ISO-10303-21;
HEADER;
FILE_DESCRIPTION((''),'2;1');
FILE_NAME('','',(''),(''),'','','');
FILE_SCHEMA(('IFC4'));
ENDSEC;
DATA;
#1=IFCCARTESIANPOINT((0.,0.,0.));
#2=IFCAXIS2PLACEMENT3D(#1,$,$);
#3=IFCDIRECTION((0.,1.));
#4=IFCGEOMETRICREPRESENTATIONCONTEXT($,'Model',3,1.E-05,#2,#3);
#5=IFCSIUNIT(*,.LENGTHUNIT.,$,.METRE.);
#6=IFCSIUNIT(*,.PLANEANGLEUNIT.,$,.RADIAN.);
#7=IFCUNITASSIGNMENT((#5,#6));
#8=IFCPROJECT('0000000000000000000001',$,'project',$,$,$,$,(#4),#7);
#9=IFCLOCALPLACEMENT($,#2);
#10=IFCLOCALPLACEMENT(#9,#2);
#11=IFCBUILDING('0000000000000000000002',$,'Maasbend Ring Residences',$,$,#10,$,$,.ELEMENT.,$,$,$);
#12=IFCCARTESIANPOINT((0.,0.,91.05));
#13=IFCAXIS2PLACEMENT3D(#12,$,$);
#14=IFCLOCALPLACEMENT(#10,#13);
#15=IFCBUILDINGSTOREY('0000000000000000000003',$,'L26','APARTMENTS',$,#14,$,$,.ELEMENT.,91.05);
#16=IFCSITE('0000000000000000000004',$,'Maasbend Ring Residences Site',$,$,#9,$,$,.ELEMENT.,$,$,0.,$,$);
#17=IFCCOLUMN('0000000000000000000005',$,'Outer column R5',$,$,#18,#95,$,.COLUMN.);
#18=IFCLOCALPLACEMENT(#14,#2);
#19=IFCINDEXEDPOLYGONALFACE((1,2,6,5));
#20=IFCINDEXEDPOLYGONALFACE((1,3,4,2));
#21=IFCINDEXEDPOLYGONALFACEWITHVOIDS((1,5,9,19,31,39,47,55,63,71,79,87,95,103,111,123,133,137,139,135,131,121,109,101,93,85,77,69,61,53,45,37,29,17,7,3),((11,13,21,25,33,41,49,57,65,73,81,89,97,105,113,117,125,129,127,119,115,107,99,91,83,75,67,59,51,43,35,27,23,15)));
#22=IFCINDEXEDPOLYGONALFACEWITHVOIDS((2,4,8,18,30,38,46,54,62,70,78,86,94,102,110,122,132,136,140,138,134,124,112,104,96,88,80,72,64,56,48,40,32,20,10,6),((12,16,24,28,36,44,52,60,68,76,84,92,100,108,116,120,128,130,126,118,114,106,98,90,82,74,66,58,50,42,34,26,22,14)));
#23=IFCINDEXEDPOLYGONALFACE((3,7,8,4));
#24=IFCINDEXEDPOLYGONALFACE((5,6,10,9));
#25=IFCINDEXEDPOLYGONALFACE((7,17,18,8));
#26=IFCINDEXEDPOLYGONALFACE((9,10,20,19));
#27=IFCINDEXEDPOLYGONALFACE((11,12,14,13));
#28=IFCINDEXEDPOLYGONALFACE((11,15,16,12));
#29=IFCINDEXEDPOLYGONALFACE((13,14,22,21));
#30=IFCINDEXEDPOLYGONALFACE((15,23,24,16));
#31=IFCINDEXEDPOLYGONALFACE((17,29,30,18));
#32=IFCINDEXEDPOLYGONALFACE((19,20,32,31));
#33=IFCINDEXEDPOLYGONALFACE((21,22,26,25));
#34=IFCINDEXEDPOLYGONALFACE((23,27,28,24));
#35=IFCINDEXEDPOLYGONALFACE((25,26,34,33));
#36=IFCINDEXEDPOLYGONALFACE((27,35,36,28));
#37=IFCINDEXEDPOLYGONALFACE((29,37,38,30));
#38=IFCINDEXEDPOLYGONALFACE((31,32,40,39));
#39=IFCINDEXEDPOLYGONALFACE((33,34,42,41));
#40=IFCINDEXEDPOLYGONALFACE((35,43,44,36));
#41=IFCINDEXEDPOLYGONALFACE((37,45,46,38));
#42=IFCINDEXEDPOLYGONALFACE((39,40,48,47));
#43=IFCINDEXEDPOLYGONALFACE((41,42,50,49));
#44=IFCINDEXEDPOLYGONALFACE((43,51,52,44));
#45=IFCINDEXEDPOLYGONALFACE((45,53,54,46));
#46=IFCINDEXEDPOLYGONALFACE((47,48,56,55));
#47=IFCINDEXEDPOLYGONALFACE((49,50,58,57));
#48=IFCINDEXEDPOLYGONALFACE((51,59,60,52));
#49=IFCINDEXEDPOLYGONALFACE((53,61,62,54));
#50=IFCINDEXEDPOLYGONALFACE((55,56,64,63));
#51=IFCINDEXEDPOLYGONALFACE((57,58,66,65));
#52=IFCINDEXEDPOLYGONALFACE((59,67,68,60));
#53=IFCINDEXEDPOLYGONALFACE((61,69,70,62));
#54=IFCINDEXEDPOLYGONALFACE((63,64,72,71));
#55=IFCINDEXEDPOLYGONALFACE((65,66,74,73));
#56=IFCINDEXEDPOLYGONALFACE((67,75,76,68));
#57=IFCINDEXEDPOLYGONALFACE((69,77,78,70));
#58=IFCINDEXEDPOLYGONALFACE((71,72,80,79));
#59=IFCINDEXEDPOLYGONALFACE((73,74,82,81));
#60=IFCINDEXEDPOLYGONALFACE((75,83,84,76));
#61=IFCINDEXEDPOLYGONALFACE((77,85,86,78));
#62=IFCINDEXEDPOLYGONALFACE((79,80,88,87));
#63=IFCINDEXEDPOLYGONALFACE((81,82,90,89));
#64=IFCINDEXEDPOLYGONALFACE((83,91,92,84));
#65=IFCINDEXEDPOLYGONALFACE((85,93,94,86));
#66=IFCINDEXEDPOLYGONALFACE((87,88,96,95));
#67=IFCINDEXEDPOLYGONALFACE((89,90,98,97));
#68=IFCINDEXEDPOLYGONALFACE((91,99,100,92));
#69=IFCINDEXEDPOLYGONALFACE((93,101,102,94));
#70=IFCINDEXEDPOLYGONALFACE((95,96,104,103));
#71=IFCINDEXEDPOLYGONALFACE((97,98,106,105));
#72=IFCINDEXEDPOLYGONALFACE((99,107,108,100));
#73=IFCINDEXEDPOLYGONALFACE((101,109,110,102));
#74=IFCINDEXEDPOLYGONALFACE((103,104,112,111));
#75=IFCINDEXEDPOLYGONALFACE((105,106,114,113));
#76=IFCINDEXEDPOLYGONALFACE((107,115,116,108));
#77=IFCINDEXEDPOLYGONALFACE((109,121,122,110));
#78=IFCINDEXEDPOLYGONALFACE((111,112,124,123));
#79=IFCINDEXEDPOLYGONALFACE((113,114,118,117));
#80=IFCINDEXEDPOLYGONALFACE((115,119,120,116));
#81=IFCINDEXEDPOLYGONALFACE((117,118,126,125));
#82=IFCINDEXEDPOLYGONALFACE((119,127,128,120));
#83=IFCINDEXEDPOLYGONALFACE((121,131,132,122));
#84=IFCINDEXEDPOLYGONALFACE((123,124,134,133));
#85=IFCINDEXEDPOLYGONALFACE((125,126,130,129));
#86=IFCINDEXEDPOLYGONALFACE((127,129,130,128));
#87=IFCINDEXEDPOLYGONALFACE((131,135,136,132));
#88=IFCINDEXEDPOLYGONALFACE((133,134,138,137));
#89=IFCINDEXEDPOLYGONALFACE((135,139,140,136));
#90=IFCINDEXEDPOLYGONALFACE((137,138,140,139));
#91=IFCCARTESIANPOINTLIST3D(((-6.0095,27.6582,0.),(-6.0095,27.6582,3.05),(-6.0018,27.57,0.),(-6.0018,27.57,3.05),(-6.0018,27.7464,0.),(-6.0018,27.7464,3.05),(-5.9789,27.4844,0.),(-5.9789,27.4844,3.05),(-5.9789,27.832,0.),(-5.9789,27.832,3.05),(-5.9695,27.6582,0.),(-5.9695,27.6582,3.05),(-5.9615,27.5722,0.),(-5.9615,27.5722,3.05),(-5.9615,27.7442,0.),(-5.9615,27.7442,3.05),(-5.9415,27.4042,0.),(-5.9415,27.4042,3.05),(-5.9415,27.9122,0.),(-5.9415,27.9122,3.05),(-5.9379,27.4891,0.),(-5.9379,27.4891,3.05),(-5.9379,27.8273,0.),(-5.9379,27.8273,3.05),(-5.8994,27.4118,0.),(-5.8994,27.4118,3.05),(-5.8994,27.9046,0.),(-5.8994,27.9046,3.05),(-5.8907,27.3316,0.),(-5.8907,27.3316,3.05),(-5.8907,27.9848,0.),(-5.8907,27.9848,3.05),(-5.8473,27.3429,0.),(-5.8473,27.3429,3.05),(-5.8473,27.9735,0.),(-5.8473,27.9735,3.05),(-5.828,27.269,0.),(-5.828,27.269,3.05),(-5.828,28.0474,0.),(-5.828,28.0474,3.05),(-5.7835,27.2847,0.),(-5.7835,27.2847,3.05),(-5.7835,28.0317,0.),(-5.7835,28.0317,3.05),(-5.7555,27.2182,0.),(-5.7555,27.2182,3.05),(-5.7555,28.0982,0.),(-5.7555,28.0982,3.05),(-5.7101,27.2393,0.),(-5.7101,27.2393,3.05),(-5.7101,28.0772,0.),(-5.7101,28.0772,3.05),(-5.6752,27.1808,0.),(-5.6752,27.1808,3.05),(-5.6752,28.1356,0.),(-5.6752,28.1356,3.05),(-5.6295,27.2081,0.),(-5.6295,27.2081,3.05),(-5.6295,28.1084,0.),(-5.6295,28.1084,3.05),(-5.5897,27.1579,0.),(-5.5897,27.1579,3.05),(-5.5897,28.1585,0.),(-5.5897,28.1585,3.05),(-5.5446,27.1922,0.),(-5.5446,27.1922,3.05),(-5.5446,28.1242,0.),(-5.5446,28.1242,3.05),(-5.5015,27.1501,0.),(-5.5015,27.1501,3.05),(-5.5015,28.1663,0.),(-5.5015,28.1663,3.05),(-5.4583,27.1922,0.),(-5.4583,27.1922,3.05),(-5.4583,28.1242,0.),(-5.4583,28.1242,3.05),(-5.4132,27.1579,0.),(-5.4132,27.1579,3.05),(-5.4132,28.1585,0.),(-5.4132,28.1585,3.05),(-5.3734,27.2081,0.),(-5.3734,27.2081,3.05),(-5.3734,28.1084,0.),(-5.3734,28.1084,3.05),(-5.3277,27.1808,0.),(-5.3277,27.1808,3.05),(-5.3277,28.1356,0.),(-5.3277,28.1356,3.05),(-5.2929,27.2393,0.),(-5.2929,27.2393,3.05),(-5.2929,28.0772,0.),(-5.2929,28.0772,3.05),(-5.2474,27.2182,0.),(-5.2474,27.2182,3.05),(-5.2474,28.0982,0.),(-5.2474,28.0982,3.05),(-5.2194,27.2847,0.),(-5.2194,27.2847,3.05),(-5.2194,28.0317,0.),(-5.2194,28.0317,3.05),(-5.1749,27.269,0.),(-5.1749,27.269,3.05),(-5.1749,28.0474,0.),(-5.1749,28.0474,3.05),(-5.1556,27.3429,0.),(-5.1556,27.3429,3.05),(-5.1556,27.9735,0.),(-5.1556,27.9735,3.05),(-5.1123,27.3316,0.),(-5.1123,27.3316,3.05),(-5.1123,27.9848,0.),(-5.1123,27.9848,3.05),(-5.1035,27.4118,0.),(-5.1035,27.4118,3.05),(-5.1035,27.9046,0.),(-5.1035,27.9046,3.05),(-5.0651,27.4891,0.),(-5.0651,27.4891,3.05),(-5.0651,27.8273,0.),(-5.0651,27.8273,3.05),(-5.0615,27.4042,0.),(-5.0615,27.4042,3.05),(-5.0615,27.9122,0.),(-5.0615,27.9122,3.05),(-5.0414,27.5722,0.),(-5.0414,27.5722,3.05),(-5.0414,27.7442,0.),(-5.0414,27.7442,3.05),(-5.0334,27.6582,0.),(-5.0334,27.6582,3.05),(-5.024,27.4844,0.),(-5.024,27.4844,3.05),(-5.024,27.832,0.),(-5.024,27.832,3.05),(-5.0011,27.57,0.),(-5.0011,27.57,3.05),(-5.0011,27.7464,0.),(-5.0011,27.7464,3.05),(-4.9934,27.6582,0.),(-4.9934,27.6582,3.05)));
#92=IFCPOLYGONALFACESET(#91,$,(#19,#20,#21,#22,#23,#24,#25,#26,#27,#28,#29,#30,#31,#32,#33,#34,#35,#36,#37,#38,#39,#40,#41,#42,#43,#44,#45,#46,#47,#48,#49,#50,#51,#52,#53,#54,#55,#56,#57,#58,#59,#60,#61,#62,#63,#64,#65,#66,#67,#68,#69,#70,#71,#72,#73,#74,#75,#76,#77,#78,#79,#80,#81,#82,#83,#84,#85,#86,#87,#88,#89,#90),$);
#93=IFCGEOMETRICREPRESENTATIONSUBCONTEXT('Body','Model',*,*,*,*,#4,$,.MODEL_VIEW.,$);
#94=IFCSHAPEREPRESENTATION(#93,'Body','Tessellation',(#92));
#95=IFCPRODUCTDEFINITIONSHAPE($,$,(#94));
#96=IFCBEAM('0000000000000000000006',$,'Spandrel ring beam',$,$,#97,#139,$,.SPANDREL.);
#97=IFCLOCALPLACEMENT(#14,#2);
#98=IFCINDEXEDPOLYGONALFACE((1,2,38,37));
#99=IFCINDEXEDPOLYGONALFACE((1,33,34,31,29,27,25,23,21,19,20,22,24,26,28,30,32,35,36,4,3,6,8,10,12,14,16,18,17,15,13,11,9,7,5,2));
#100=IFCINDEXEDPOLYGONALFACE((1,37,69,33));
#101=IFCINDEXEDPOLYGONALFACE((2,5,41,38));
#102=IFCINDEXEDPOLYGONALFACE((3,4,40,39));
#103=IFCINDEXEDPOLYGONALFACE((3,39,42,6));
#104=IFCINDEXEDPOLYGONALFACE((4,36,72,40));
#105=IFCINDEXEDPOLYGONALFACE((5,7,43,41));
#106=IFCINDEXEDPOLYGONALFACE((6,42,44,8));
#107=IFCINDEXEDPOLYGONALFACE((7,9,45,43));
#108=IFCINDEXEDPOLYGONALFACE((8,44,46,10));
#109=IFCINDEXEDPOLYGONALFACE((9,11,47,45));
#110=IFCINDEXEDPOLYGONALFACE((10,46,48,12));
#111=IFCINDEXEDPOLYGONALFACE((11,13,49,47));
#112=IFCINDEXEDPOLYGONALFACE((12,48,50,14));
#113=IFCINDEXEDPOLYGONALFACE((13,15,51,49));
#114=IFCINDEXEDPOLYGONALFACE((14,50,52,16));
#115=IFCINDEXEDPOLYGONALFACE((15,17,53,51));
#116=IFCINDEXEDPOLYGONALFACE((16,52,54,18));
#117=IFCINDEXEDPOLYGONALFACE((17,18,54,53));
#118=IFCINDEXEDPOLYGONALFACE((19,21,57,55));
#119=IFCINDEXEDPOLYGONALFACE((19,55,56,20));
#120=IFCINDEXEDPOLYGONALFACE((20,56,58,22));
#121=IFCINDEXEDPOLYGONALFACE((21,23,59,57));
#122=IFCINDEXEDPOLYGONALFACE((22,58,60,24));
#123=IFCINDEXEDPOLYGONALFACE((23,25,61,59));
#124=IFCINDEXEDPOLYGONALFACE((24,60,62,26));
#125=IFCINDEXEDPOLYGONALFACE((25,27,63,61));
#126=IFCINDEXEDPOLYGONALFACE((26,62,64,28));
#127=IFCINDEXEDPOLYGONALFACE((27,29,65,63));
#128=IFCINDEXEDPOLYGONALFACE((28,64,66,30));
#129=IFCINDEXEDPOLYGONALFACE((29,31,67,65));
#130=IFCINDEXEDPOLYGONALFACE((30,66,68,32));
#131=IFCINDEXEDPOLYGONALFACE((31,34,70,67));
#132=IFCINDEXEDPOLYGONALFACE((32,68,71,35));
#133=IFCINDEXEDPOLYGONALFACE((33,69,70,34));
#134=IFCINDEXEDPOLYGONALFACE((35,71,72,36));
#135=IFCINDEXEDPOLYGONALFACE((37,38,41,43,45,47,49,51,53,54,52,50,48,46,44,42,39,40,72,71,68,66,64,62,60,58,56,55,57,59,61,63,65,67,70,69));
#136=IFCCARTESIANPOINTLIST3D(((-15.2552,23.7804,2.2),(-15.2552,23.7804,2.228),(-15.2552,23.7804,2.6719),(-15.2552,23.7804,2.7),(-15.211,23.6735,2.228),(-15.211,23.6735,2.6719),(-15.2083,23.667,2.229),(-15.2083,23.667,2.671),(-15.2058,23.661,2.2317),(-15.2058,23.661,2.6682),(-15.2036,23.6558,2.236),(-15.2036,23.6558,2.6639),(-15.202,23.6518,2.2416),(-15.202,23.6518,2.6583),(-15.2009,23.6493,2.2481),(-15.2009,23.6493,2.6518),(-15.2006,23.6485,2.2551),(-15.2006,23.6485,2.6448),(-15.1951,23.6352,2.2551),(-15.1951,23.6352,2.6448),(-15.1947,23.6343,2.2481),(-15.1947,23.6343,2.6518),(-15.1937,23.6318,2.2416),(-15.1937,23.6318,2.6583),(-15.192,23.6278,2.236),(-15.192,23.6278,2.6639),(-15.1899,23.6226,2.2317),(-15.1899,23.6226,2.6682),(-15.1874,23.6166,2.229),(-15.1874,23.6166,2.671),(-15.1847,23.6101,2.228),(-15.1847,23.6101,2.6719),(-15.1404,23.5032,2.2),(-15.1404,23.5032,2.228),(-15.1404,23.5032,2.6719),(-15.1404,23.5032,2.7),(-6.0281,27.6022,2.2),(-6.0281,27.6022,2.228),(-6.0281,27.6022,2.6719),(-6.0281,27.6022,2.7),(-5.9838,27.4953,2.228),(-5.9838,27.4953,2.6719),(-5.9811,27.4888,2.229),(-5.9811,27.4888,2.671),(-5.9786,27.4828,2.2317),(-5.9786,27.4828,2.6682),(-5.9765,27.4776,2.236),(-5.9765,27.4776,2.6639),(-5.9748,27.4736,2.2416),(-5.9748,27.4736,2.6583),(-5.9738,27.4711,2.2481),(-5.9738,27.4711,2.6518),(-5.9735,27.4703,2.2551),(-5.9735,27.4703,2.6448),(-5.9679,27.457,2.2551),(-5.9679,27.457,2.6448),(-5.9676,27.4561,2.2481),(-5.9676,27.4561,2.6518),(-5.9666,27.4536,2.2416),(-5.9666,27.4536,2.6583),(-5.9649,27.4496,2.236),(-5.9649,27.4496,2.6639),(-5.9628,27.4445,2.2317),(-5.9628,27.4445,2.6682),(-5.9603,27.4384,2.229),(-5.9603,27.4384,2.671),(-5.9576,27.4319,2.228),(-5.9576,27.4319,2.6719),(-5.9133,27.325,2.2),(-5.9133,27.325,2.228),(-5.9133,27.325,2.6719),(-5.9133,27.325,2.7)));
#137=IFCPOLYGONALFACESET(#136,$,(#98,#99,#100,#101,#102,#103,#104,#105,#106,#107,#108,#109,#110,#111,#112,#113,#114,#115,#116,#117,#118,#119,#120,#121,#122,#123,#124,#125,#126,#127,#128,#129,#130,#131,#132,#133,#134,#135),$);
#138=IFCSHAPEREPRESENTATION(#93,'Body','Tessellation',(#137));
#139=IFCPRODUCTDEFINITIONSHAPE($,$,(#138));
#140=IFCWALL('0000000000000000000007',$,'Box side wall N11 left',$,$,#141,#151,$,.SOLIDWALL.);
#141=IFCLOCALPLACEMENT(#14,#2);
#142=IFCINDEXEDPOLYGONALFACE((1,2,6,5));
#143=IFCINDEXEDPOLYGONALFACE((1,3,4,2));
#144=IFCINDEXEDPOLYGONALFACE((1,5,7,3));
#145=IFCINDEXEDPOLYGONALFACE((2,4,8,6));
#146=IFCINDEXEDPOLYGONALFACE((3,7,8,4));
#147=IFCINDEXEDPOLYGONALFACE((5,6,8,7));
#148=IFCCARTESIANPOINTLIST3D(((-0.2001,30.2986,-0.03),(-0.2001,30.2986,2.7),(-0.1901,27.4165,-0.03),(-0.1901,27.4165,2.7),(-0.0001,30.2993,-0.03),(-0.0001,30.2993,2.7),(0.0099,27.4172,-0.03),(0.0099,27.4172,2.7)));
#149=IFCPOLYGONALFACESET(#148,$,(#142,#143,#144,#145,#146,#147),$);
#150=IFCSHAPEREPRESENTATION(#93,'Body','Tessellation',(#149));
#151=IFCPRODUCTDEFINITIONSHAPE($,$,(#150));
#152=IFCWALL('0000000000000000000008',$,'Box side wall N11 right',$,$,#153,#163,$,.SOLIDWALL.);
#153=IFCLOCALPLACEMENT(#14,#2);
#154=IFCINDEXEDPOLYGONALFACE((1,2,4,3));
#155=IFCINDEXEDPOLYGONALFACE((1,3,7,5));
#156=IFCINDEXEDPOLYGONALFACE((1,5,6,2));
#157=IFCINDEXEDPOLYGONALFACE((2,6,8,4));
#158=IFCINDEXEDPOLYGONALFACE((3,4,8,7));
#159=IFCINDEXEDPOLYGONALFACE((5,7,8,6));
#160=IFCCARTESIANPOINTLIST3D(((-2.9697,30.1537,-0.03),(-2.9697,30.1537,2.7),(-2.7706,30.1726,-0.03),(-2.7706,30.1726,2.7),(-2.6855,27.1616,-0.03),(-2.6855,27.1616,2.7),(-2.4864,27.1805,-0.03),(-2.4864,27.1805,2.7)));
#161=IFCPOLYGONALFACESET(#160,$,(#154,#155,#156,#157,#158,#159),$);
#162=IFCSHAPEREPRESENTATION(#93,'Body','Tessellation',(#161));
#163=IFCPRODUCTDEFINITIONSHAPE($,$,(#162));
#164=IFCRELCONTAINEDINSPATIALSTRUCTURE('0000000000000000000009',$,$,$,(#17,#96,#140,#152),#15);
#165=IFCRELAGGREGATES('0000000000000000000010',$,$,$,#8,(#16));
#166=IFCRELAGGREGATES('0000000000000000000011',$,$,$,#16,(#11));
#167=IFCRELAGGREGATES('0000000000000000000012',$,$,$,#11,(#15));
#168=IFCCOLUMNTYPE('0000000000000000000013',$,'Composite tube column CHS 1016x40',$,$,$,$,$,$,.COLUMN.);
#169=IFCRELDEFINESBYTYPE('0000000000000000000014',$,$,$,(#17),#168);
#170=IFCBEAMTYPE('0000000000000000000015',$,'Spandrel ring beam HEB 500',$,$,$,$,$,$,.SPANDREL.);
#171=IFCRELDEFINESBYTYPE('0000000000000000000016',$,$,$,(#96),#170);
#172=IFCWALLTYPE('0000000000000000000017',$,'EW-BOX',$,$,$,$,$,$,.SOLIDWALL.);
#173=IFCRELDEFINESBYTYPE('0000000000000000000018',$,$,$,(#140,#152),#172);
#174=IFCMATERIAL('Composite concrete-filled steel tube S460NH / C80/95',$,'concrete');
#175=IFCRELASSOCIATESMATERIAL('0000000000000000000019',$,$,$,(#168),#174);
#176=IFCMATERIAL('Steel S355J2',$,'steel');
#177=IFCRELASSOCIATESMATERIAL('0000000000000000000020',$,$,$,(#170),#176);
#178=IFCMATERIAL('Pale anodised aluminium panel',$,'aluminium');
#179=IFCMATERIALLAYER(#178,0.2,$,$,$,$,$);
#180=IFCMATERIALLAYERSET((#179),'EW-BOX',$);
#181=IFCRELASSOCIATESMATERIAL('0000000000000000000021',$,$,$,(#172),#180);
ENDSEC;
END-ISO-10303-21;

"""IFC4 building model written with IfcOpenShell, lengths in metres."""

from ifc_helpers import new_model, si_unit, direction, frame, frame_2d, origin, origin_2d, place, context, subcontext, project, spatial, rectangle, hollow_circle, i_section, extrude, material, layer, layer_set, material_profile, profile_set, type_object, element, save


model = new_model("IFC4")

# Units and contexts
model_context = context("Model", 3, precision=1e-05, world=origin(), true_north=direction((0.0, 1.0)))
body_context = subcontext(model_context, "Body", "Model", "MODEL_VIEW")
ifc_project = project(units=[si_unit("LENGTHUNIT", "METRE"), si_unit("PLANEANGLEUNIT", "RADIAN")], contexts=[model_context])

# Site, building, storey
site_placement = place(None, origin())
site = spatial("IfcSite", under=ifc_project, at=site_placement, Name="Maasbend Ring Residences Site", CompositionType="ELEMENT", RefElevation=0.0)
building_placement = place(site_placement, origin())
building = spatial("IfcBuilding", under=site, at=building_placement, Name="Maasbend Ring Residences", CompositionType="ELEMENT")
storey_placement = place(building_placement, frame((0.0, 0.0, 91.05)))
storey = spatial("IfcBuildingStorey", under=building, at=storey_placement, Name="L26", Description="APARTMENTS", CompositionType="ELEMENT", Elevation=91.05)

# Column
ifc_material_1 = material(Name="Composite concrete-filled steel tube S460NH / C80/95", Category="concrete")
ifc_material_profile_1 = material_profile(ifc_material_1, hollow_circle(Radius=0.5081, WallThickness=0.04, at=origin_2d()), Name="Composite tube column CHS 1016x40")
ifc_profile_set_1 = profile_set([ifc_material_profile_1], Name="Composite concrete-filled steel tube S460NH / C80/95")
column_type = type_object("IfcColumnType", Name="Composite tube column CHS 1016x40", PredefinedType="COLUMN", material=ifc_profile_set_1)
column_placement = place(storey_placement, frame((-5.5015, 27.6582, 0.0), z_axis=(0.0, 0.0, 1.0), x_axis=(1.0, 0.0, 0.0)))
element("IfcColumn", 1, at=column_placement, inside=storey, type_object=column_type, Name="Outer column R5", PredefinedType="COLUMN", context=body_context, shape_type="SweptSolid", body=[
    extrude(hollow_circle(Radius=0.5081, WallThickness=0.04, at=origin_2d()), origin(), (0.0, 0.0, 1.0), 3.05),
])

# Beam
ifc_material_2 = material(Name="Steel S355J2", Category="steel")
ifc_material_profile_2 = material_profile(ifc_material_2, i_section(OverallWidth=0.3, OverallDepth=0.5, WebThickness=0.0144, FlangeThickness=0.0281, FilletRadius=0.0271, at=origin_2d()), Name="HEB 500")
ifc_profile_set_2 = profile_set([ifc_material_profile_2], Name="Steel S355J2")
beam_type = type_object("IfcBeamType", Name="Spandrel ring beam HEB 500", PredefinedType="SPANDREL", material=ifc_profile_set_2)
beam_placement = place(storey_placement, frame((-5.9707, 27.4636, 2.45), z_axis=(-0.923886, -0.382667, 0.0), x_axis=(0.382667, -0.923886, 0.0)))
element("IfcBeam", 2, at=beam_placement, inside=storey, type_object=beam_type, Name="Spandrel ring beam", PredefinedType="SPANDREL", context=body_context, shape_type="SweptSolid", body=[
    extrude(i_section(OverallWidth=0.3, OverallDepth=0.5, WebThickness=0.0144, FlangeThickness=0.0281, FilletRadius=0.0271, at=origin_2d()), origin(), (0.0, 0.0, 1.0), 9.9873),
])

# Walls
ifc_material_3 = material(Name="Pale anodised aluminium panel", Category="aluminium")
ifc_layer_1 = layer(ifc_material_3, 0.2)
ifc_layer_set_1 = layer_set([ifc_layer_1], Name="EW-BOX")
wall_type_1 = type_object("IfcWallType", Name="EW-BOX", PredefinedType="SOLIDWALL", material=ifc_layer_set_1)
wall_1_placement = place(storey_placement, frame((-0.0901, 27.417, -0.03), z_axis=(0.0, 0.0, 1.0), x_axis=(-0.003473, 0.999994, 0.0)))
element("IfcWall", 3, at=wall_1_placement, inside=storey, type_object=wall_type_1, Name="Box side wall N11 left", PredefinedType="SOLIDWALL", context=body_context, shape_type="SweptSolid", body=[
    extrude(rectangle(XDim=2.8821, YDim=0.2, at=frame_2d((1.4409, 0.0))), origin(), (0.0, 0.0, 1.0), 2.73),
])
wall_2_placement = place(storey_placement, frame((-2.5859, 27.1709, -0.03), z_axis=(0.0, 0.0, 1.0), x_axis=(-0.094548, 0.99552, 0.0)))
element("IfcWall", 4, at=wall_2_placement, inside=storey, type_object=wall_type_1, Name="Box side wall N11 right", PredefinedType="SOLIDWALL", context=body_context, shape_type="SweptSolid", body=[
    extrude(rectangle(XDim=3.0056, YDim=0.2, at=frame_2d((1.5029, 0.0))), origin(), (0.0, 0.0, 1.0), 2.73),
])

save(model, "model.ifc")
